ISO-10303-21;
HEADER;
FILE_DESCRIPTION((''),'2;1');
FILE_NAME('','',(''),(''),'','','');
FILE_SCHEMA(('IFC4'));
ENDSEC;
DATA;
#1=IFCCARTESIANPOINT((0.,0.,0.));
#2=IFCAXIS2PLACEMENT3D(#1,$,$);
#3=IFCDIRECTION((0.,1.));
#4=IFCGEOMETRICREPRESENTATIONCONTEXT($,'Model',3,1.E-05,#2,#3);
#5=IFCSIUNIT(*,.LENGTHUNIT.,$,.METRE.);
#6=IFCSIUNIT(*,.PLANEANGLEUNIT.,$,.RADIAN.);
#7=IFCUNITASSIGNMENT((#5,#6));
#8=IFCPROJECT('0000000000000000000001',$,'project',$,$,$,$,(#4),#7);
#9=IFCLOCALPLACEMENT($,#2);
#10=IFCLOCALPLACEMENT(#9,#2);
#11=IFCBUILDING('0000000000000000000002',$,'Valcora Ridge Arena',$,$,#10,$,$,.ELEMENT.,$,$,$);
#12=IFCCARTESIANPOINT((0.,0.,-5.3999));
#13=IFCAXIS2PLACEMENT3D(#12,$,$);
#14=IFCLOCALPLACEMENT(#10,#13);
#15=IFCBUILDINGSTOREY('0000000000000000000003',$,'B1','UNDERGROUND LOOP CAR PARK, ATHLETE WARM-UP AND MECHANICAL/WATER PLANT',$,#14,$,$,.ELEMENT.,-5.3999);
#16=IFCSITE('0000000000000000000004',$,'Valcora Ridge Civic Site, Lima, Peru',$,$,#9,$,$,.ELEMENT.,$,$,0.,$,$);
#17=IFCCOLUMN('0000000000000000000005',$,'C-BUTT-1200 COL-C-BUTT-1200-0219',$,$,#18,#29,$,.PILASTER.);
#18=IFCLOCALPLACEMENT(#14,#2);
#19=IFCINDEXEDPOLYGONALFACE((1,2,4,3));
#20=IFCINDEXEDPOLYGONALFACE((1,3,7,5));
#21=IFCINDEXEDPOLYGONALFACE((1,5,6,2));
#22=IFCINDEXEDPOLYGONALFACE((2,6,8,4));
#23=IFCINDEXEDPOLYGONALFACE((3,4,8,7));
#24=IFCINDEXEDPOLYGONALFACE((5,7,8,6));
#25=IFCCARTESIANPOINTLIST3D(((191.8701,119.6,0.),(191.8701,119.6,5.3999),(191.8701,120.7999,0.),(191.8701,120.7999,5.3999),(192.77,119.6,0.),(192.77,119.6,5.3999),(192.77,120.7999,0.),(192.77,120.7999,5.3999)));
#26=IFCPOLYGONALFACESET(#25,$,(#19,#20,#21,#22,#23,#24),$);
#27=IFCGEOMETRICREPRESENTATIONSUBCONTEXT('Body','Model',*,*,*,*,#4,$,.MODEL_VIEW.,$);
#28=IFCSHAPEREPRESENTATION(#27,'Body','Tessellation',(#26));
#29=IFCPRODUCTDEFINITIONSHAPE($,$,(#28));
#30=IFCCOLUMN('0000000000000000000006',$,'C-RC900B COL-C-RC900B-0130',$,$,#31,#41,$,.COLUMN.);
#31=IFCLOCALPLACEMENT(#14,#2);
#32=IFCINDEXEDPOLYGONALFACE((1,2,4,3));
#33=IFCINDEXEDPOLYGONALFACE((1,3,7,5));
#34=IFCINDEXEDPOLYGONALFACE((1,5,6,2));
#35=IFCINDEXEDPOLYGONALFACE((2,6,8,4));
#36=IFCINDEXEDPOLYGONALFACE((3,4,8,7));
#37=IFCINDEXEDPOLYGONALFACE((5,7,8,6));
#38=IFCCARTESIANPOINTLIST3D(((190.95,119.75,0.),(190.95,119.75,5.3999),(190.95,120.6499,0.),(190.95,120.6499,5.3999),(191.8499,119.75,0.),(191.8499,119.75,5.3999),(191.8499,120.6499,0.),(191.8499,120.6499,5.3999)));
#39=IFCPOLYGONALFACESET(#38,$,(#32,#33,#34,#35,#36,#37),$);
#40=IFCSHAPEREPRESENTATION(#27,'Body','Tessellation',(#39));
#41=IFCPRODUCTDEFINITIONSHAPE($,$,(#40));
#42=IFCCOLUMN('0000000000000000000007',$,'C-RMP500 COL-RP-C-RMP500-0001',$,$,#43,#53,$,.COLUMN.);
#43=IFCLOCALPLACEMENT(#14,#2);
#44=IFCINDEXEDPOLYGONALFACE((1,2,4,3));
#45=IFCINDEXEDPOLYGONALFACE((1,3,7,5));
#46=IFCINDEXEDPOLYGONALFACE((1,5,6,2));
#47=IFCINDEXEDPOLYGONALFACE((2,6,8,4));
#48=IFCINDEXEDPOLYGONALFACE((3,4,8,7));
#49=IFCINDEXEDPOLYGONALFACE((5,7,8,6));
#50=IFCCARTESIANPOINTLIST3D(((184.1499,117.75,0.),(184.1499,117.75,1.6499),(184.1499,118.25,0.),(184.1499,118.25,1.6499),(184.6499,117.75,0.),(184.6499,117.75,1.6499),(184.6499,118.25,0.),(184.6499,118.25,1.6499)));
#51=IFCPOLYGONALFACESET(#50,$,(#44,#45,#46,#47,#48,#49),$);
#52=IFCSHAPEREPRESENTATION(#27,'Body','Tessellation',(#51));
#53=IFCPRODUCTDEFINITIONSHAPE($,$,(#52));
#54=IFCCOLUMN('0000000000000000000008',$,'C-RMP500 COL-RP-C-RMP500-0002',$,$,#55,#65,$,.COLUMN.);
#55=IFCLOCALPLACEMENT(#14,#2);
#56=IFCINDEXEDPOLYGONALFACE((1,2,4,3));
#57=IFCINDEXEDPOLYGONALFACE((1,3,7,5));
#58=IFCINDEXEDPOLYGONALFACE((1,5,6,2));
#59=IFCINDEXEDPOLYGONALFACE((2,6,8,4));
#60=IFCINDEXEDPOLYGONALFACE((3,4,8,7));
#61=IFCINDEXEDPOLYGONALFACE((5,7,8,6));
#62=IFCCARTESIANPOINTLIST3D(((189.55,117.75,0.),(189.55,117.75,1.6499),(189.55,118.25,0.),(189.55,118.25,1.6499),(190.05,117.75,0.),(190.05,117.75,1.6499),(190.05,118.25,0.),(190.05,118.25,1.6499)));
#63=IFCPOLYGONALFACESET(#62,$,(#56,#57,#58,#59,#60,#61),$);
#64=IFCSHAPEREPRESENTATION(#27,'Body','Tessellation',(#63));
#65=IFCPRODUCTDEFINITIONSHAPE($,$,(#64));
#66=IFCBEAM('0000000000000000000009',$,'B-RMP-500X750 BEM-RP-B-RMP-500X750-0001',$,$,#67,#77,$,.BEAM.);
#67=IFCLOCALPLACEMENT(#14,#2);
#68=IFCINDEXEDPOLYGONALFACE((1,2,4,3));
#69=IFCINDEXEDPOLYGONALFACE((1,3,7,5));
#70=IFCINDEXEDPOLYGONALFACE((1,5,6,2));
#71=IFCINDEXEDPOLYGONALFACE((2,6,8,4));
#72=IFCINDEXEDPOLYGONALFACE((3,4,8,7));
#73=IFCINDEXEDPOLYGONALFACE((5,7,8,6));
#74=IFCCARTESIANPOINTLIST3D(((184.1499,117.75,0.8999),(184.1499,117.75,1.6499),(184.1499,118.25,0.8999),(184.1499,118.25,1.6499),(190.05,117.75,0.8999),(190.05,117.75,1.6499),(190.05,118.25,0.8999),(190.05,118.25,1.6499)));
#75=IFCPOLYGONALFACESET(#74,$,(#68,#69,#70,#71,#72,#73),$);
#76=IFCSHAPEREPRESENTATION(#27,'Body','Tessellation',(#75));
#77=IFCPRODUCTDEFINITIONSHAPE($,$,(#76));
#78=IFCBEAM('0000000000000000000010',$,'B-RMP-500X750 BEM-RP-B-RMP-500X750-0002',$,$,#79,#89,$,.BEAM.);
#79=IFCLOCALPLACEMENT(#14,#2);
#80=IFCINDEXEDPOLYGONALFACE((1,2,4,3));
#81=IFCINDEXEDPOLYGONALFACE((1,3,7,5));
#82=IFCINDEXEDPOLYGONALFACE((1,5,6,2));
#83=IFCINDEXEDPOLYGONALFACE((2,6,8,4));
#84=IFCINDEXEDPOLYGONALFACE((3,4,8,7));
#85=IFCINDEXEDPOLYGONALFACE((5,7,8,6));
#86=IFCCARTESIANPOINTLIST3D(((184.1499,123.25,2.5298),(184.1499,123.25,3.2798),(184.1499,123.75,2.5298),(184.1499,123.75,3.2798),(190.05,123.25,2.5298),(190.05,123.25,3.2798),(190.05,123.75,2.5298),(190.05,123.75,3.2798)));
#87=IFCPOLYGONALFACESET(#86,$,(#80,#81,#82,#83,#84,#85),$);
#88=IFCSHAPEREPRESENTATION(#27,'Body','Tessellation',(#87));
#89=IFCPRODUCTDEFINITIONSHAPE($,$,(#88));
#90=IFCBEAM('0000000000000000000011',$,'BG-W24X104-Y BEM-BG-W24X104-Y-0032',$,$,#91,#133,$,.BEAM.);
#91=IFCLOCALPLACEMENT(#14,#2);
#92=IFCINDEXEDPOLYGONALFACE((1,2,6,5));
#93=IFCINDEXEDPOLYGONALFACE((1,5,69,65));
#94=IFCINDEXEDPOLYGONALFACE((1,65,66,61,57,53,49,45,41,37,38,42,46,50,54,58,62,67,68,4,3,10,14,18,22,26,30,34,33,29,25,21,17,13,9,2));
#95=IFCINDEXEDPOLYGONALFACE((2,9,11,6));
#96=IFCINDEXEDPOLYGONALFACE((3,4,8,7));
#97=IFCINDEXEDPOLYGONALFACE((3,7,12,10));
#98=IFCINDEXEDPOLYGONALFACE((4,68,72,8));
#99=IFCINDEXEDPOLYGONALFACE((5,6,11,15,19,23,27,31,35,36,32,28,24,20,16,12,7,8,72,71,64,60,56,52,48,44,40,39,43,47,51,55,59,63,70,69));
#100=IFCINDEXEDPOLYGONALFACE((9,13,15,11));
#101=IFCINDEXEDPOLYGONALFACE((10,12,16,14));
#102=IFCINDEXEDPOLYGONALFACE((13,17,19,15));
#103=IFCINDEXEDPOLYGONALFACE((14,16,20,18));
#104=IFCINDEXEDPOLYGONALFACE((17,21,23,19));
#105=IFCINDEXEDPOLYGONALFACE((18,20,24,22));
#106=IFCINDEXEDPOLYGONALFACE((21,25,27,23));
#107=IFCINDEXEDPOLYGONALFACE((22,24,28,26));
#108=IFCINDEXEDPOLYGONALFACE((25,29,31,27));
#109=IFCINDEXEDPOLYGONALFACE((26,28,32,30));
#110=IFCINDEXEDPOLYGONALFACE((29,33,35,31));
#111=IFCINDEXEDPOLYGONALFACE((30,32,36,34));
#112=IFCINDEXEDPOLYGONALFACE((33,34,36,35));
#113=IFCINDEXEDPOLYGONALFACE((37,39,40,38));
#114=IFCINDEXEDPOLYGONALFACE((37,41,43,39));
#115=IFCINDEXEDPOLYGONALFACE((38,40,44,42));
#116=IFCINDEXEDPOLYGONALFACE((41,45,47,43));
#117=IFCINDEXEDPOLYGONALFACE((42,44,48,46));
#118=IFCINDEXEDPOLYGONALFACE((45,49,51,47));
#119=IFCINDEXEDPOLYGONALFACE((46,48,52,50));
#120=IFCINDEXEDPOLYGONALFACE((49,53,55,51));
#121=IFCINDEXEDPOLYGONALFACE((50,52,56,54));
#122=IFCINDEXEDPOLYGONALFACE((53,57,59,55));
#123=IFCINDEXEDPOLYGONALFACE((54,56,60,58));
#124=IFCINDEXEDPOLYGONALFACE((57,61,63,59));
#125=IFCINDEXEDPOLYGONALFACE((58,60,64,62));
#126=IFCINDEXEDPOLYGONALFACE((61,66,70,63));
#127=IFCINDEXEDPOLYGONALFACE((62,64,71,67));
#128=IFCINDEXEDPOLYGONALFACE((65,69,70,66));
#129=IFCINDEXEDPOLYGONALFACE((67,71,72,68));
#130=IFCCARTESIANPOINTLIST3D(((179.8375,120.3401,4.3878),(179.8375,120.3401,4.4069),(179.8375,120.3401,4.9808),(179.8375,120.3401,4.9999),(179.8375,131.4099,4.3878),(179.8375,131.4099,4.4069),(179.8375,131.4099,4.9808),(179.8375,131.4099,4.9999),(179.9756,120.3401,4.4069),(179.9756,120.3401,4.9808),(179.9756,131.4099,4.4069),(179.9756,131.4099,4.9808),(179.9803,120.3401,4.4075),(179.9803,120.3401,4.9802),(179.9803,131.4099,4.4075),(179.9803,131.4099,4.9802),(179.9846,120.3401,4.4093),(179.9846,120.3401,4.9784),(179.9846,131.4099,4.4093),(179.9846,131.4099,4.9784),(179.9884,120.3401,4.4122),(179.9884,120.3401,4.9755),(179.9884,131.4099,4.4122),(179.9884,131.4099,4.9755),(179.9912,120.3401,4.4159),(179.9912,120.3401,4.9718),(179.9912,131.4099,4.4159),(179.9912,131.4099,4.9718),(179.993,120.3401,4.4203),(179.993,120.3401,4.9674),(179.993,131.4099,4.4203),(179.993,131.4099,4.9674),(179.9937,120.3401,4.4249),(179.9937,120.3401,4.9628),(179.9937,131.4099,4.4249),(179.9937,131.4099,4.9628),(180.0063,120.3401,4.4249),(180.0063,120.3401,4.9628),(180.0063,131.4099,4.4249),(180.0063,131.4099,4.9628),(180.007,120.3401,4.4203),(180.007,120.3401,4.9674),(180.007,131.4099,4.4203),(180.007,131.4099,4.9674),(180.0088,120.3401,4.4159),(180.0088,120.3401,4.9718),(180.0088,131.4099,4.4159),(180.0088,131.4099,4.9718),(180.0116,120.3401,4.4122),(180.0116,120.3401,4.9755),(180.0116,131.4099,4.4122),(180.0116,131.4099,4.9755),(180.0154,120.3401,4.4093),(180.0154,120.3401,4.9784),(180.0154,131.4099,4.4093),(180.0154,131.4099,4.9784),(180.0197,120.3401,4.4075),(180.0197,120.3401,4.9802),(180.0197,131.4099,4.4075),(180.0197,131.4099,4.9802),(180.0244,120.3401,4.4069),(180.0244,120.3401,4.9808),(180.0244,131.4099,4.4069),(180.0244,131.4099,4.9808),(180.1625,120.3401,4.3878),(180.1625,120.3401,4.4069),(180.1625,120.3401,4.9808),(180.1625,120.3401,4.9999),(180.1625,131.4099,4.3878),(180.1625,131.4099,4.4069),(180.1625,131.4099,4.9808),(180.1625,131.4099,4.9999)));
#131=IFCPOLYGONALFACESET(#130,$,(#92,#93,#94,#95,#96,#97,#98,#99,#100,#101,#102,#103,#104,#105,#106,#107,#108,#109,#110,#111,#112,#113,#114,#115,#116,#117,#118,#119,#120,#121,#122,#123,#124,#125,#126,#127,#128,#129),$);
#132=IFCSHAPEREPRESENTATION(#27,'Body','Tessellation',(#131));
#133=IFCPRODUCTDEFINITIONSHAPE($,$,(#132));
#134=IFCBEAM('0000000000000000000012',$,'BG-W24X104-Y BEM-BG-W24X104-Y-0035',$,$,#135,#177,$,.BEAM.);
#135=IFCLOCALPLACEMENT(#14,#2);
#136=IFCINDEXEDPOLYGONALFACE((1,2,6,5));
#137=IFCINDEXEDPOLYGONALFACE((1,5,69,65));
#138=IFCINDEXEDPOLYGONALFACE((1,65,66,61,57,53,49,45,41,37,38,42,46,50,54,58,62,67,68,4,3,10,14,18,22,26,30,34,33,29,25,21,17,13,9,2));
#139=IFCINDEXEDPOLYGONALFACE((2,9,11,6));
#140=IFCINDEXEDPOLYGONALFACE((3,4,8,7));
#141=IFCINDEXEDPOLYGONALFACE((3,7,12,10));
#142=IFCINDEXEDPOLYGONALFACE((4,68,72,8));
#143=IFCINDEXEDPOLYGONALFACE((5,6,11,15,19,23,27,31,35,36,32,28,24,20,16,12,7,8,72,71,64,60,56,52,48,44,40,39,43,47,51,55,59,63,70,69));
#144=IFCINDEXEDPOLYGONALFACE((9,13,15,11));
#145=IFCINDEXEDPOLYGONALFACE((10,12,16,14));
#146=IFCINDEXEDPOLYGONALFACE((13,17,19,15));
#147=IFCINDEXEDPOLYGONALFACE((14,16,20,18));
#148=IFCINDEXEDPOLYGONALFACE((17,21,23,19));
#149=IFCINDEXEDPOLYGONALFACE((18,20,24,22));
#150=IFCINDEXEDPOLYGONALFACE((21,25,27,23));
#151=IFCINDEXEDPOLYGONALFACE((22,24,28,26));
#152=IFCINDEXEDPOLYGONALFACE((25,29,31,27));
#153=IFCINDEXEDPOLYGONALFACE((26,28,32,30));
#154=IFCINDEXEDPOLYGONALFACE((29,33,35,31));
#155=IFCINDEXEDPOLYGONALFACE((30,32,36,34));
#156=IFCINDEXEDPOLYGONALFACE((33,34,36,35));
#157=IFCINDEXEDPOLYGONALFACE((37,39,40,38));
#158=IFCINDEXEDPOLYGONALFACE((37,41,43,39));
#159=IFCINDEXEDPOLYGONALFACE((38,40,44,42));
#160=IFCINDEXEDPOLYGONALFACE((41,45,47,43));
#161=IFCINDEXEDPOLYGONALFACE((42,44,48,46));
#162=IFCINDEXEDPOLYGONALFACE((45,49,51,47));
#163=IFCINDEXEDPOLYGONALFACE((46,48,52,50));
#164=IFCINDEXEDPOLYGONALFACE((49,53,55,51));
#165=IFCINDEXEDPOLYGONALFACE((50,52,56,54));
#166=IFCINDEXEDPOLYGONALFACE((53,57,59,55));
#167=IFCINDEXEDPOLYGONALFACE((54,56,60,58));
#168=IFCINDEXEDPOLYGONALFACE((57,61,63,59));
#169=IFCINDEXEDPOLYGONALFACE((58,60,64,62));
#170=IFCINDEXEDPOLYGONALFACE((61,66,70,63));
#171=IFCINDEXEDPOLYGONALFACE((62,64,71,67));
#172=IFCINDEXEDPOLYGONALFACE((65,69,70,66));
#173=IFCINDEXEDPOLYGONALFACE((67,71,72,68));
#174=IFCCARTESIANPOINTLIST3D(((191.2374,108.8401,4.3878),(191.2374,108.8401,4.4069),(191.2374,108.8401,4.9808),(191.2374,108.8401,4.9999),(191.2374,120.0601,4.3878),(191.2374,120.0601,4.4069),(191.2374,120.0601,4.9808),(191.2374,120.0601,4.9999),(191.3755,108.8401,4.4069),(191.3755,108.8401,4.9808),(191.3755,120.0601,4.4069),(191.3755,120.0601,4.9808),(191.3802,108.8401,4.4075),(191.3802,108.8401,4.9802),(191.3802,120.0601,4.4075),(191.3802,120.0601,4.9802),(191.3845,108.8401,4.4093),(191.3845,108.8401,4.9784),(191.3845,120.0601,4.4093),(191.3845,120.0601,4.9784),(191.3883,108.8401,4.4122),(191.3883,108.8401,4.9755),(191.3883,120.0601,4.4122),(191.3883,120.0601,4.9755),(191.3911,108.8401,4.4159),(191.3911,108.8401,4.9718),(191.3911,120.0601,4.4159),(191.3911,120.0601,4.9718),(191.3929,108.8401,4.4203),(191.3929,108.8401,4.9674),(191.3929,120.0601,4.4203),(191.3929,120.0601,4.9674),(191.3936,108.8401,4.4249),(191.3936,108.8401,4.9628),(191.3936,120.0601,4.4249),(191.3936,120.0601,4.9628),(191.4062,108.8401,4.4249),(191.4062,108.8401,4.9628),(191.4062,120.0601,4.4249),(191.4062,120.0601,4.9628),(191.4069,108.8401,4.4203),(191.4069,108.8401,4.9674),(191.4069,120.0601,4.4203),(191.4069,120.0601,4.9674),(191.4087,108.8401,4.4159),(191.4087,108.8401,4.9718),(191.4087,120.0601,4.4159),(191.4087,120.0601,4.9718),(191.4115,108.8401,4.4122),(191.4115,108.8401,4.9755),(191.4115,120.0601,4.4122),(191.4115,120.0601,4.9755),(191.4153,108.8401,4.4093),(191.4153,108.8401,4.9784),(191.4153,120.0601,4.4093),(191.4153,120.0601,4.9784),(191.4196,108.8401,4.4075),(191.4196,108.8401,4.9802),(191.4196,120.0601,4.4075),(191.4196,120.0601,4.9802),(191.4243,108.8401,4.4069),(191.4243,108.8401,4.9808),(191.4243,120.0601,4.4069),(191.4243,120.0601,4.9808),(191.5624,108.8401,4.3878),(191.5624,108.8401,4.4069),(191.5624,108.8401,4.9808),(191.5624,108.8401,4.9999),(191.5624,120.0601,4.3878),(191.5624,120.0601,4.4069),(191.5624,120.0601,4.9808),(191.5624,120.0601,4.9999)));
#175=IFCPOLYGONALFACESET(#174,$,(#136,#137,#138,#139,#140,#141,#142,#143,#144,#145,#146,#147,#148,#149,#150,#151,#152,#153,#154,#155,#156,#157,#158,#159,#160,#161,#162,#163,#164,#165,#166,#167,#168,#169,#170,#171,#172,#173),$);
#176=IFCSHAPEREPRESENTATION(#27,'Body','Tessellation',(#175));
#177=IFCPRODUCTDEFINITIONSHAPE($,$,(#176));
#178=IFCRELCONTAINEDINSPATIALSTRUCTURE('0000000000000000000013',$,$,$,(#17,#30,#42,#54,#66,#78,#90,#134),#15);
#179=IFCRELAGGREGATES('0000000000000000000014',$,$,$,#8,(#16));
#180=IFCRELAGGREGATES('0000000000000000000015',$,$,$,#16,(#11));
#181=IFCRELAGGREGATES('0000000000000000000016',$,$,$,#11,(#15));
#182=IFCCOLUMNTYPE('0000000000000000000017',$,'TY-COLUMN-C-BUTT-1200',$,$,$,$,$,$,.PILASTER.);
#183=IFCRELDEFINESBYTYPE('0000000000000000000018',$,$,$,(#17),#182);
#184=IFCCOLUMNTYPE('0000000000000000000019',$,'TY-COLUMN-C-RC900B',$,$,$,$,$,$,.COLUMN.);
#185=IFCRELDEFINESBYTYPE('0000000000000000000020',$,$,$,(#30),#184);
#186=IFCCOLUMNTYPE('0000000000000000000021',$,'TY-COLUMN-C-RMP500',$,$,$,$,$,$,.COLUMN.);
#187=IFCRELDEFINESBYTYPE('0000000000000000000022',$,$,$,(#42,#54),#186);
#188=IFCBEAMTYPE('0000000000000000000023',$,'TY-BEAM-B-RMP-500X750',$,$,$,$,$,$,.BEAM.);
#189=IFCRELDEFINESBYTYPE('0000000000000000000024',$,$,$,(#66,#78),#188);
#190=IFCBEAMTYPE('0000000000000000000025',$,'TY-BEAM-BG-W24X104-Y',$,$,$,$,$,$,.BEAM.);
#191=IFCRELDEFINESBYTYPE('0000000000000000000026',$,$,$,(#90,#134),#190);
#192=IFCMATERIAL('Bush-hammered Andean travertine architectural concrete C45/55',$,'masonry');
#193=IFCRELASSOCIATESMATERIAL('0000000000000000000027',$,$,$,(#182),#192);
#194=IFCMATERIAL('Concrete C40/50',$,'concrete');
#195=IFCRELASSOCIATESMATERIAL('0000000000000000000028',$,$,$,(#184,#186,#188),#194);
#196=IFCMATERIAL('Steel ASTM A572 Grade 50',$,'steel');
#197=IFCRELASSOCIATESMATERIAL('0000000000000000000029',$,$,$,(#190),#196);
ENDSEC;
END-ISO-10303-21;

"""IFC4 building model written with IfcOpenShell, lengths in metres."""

from ifc_helpers import new_model, si_unit, direction, frame, origin, origin_2d, place, context, subcontext, project, spatial, rectangle, i_section, extrude, material, material_profile, profile_set, type_object, element, save


model = new_model("IFC4")

# Units and contexts
model_context = context("Model", 3, precision=1e-05, world=origin(), true_north=direction((0.0, 1.0)))
body_context = subcontext(model_context, "Body", "Model", "MODEL_VIEW")
ifc_project = project(units=[si_unit("LENGTHUNIT", "METRE"), si_unit("PLANEANGLEUNIT", "RADIAN")], contexts=[model_context])

# Site, building, storey
site_placement = place(None, origin())
site = spatial("IfcSite", under=ifc_project, at=site_placement, Name="Valcora Ridge Civic Site, Lima, Peru", CompositionType="ELEMENT", RefElevation=0.0)
building_placement = place(site_placement, origin())
building = spatial("IfcBuilding", under=site, at=building_placement, Name="Valcora Ridge Arena", CompositionType="ELEMENT")
storey_placement = place(building_placement, frame((0.0, 0.0, -5.3999)))
storey = spatial("IfcBuildingStorey", under=building, at=storey_placement, Name="B1", Description="UNDERGROUND LOOP CAR PARK, ATHLETE WARM-UP AND MECHANICAL/WATER PLANT", CompositionType="ELEMENT", Elevation=-5.3999)

# Shared definitions
ifc_material_1 = material(Name="Concrete C40/50", Category="concrete")

# Columns
ifc_material_2 = material(Name="Bush-hammered Andean travertine architectural concrete C45/55", Category="masonry")
ifc_material_profile_1 = material_profile(ifc_material_2, rectangle(XDim=0.8999, YDim=1.2, at=origin_2d()), Name="RC 900x1200")
ifc_profile_set_1 = profile_set([ifc_material_profile_1], Name="Bush-hammered Andean travertine architectural concrete C45/55")
column_type_1 = type_object("IfcColumnType", Name="TY-COLUMN-C-BUTT-1200", PredefinedType="PILASTER", material=ifc_profile_set_1)
for number, where, z_axis, x_axis, name in (
    (1, (192.3201, 120.2, 0.0), (0.0, 0.0, 1.0), (1.0, 0.0, 0.0), "C-BUTT-1200 COL-C-BUTT-1200-0219"),
):
    element("IfcColumn", number, at=place(storey_placement, frame(where, z_axis=z_axis, x_axis=x_axis)), inside=storey, type_object=column_type_1, Name=name, PredefinedType="PILASTER", context=body_context, shape_type="SweptSolid", body=[
        extrude(rectangle(XDim=0.8999, YDim=1.2, at=origin_2d()), origin(), (0.0, 0.0, 1.0), 5.3999),
    ])
ifc_material_profile_2 = material_profile(ifc_material_1, rectangle(XDim=0.8999, YDim=0.8999, at=origin_2d()), Name="RC 900x900")
ifc_profile_set_2 = profile_set([ifc_material_profile_2], Name="Concrete C40/50")
column_type_2 = type_object("IfcColumnType", Name="TY-COLUMN-C-RC900B", PredefinedType="COLUMN", material=ifc_profile_set_2)
column_placement = place(storey_placement, frame((191.3999, 120.2, 0.0), z_axis=(0.0, 0.0, 1.0), x_axis=(1.0, 0.0, 0.0)))
element("IfcColumn", 2, at=column_placement, inside=storey, type_object=column_type_2, Name="C-RC900B COL-C-RC900B-0130", PredefinedType="COLUMN", context=body_context, shape_type="SweptSolid", body=[
    extrude(rectangle(XDim=0.8999, YDim=0.8999, at=origin_2d()), origin(), (0.0, 0.0, 1.0), 5.3999),
])
ifc_material_profile_3 = material_profile(ifc_material_1, rectangle(XDim=0.5, YDim=0.5, at=origin_2d()), Name="RC 500x500")
ifc_profile_set_3 = profile_set([ifc_material_profile_3], Name="Concrete C40/50")
column_type_3 = type_object("IfcColumnType", Name="TY-COLUMN-C-RMP500", PredefinedType="COLUMN", material=ifc_profile_set_3)
for number, where, z_axis, x_axis, name in (
    (3, (184.3999, 118.0, 0.0), (0.0, 0.0, 1.0), (1.0, 0.0, 0.0), "C-RMP500 COL-RP-C-RMP500-0001"),
    (4, (189.8, 118.0, 0.0), (0.0, 0.0, 1.0), (1.0, 0.0, 0.0), "C-RMP500 COL-RP-C-RMP500-0002"),
):
    element("IfcColumn", number, at=place(storey_placement, frame(where, z_axis=z_axis, x_axis=x_axis)), inside=storey, type_object=column_type_3, Name=name, PredefinedType="COLUMN", context=body_context, shape_type="SweptSolid", body=[
        extrude(rectangle(XDim=0.5, YDim=0.5, at=origin_2d()), origin(), (0.0, 0.0, 1.0), 1.6499),
    ])

# Beams
ifc_material_profile_4 = material_profile(ifc_material_1, rectangle(XDim=0.5, YDim=0.75, at=origin_2d()), Name="RC 500x750")
ifc_profile_set_4 = profile_set([ifc_material_profile_4], Name="Concrete C40/50")
beam_type_1 = type_object("IfcBeamType", Name="TY-BEAM-B-RMP-500X750", PredefinedType="BEAM", material=ifc_profile_set_4)
for number, where, z_axis, x_axis, name in (
    (5, (184.1499, 118.0, 1.2749), (1.0, 0.0, 0.0), (0.0, 1.0, 0.0), "B-RMP-500X750 BEM-RP-B-RMP-500X750-0001"),
    (6, (184.1499, 123.5, 2.9048), (1.0, 0.0, 0.0), (0.0, 1.0, 0.0), "B-RMP-500X750 BEM-RP-B-RMP-500X750-0002"),
):
    element("IfcBeam", number, at=place(storey_placement, frame(where, z_axis=z_axis, x_axis=x_axis)), inside=storey, type_object=beam_type_1, Name=name, PredefinedType="BEAM", context=body_context, shape_type="SweptSolid", body=[
        extrude(rectangle(XDim=0.5, YDim=0.75, at=origin_2d()), origin(), (0.0, 0.0, 1.0), 5.9001),
    ])
ifc_material_3 = material(Name="Steel ASTM A572 Grade 50", Category="steel")
ifc_material_profile_5 = material_profile(ifc_material_3, i_section(OverallWidth=0.325, OverallDepth=0.6121, WebThickness=0.0127, FlangeThickness=0.019, FilletRadius=0.0181, at=origin_2d()), Name="W24X104")
ifc_profile_set_5 = profile_set([ifc_material_profile_5], Name="Steel ASTM A572 Grade 50")
beam_type_2 = type_object("IfcBeamType", Name="TY-BEAM-BG-W24X104-Y", PredefinedType="BEAM", material=ifc_profile_set_5)
beam_1_placement = place(storey_placement, frame((180.0, 120.3401, 4.6938), z_axis=(0.0, 1.0, 0.0), x_axis=(-1.0, 0.0, 0.0)))
element("IfcBeam", 7, at=beam_1_placement, inside=storey, type_object=beam_type_2, Name="BG-W24X104-Y BEM-BG-W24X104-Y-0032", PredefinedType="BEAM", context=body_context, shape_type="SweptSolid", body=[
    extrude(i_section(OverallWidth=0.325, OverallDepth=0.6121, WebThickness=0.0127, FlangeThickness=0.019, FilletRadius=0.0181, at=origin_2d()), origin(), (0.0, 0.0, 1.0), 11.0698),
])
beam_2_placement = place(storey_placement, frame((191.3999, 108.8401, 4.6938), z_axis=(0.0, 1.0, 0.0), x_axis=(-1.0, 0.0, 0.0)))
element("IfcBeam", 8, at=beam_2_placement, inside=storey, type_object=beam_type_2, Name="BG-W24X104-Y BEM-BG-W24X104-Y-0035", PredefinedType="BEAM", context=body_context, shape_type="SweptSolid", body=[
    extrude(i_section(OverallWidth=0.325, OverallDepth=0.6121, WebThickness=0.0127, FlangeThickness=0.019, FilletRadius=0.0181, at=origin_2d()), origin(), (0.0, 0.0, 1.0), 11.22),
])

save(model, "model.ifc")
